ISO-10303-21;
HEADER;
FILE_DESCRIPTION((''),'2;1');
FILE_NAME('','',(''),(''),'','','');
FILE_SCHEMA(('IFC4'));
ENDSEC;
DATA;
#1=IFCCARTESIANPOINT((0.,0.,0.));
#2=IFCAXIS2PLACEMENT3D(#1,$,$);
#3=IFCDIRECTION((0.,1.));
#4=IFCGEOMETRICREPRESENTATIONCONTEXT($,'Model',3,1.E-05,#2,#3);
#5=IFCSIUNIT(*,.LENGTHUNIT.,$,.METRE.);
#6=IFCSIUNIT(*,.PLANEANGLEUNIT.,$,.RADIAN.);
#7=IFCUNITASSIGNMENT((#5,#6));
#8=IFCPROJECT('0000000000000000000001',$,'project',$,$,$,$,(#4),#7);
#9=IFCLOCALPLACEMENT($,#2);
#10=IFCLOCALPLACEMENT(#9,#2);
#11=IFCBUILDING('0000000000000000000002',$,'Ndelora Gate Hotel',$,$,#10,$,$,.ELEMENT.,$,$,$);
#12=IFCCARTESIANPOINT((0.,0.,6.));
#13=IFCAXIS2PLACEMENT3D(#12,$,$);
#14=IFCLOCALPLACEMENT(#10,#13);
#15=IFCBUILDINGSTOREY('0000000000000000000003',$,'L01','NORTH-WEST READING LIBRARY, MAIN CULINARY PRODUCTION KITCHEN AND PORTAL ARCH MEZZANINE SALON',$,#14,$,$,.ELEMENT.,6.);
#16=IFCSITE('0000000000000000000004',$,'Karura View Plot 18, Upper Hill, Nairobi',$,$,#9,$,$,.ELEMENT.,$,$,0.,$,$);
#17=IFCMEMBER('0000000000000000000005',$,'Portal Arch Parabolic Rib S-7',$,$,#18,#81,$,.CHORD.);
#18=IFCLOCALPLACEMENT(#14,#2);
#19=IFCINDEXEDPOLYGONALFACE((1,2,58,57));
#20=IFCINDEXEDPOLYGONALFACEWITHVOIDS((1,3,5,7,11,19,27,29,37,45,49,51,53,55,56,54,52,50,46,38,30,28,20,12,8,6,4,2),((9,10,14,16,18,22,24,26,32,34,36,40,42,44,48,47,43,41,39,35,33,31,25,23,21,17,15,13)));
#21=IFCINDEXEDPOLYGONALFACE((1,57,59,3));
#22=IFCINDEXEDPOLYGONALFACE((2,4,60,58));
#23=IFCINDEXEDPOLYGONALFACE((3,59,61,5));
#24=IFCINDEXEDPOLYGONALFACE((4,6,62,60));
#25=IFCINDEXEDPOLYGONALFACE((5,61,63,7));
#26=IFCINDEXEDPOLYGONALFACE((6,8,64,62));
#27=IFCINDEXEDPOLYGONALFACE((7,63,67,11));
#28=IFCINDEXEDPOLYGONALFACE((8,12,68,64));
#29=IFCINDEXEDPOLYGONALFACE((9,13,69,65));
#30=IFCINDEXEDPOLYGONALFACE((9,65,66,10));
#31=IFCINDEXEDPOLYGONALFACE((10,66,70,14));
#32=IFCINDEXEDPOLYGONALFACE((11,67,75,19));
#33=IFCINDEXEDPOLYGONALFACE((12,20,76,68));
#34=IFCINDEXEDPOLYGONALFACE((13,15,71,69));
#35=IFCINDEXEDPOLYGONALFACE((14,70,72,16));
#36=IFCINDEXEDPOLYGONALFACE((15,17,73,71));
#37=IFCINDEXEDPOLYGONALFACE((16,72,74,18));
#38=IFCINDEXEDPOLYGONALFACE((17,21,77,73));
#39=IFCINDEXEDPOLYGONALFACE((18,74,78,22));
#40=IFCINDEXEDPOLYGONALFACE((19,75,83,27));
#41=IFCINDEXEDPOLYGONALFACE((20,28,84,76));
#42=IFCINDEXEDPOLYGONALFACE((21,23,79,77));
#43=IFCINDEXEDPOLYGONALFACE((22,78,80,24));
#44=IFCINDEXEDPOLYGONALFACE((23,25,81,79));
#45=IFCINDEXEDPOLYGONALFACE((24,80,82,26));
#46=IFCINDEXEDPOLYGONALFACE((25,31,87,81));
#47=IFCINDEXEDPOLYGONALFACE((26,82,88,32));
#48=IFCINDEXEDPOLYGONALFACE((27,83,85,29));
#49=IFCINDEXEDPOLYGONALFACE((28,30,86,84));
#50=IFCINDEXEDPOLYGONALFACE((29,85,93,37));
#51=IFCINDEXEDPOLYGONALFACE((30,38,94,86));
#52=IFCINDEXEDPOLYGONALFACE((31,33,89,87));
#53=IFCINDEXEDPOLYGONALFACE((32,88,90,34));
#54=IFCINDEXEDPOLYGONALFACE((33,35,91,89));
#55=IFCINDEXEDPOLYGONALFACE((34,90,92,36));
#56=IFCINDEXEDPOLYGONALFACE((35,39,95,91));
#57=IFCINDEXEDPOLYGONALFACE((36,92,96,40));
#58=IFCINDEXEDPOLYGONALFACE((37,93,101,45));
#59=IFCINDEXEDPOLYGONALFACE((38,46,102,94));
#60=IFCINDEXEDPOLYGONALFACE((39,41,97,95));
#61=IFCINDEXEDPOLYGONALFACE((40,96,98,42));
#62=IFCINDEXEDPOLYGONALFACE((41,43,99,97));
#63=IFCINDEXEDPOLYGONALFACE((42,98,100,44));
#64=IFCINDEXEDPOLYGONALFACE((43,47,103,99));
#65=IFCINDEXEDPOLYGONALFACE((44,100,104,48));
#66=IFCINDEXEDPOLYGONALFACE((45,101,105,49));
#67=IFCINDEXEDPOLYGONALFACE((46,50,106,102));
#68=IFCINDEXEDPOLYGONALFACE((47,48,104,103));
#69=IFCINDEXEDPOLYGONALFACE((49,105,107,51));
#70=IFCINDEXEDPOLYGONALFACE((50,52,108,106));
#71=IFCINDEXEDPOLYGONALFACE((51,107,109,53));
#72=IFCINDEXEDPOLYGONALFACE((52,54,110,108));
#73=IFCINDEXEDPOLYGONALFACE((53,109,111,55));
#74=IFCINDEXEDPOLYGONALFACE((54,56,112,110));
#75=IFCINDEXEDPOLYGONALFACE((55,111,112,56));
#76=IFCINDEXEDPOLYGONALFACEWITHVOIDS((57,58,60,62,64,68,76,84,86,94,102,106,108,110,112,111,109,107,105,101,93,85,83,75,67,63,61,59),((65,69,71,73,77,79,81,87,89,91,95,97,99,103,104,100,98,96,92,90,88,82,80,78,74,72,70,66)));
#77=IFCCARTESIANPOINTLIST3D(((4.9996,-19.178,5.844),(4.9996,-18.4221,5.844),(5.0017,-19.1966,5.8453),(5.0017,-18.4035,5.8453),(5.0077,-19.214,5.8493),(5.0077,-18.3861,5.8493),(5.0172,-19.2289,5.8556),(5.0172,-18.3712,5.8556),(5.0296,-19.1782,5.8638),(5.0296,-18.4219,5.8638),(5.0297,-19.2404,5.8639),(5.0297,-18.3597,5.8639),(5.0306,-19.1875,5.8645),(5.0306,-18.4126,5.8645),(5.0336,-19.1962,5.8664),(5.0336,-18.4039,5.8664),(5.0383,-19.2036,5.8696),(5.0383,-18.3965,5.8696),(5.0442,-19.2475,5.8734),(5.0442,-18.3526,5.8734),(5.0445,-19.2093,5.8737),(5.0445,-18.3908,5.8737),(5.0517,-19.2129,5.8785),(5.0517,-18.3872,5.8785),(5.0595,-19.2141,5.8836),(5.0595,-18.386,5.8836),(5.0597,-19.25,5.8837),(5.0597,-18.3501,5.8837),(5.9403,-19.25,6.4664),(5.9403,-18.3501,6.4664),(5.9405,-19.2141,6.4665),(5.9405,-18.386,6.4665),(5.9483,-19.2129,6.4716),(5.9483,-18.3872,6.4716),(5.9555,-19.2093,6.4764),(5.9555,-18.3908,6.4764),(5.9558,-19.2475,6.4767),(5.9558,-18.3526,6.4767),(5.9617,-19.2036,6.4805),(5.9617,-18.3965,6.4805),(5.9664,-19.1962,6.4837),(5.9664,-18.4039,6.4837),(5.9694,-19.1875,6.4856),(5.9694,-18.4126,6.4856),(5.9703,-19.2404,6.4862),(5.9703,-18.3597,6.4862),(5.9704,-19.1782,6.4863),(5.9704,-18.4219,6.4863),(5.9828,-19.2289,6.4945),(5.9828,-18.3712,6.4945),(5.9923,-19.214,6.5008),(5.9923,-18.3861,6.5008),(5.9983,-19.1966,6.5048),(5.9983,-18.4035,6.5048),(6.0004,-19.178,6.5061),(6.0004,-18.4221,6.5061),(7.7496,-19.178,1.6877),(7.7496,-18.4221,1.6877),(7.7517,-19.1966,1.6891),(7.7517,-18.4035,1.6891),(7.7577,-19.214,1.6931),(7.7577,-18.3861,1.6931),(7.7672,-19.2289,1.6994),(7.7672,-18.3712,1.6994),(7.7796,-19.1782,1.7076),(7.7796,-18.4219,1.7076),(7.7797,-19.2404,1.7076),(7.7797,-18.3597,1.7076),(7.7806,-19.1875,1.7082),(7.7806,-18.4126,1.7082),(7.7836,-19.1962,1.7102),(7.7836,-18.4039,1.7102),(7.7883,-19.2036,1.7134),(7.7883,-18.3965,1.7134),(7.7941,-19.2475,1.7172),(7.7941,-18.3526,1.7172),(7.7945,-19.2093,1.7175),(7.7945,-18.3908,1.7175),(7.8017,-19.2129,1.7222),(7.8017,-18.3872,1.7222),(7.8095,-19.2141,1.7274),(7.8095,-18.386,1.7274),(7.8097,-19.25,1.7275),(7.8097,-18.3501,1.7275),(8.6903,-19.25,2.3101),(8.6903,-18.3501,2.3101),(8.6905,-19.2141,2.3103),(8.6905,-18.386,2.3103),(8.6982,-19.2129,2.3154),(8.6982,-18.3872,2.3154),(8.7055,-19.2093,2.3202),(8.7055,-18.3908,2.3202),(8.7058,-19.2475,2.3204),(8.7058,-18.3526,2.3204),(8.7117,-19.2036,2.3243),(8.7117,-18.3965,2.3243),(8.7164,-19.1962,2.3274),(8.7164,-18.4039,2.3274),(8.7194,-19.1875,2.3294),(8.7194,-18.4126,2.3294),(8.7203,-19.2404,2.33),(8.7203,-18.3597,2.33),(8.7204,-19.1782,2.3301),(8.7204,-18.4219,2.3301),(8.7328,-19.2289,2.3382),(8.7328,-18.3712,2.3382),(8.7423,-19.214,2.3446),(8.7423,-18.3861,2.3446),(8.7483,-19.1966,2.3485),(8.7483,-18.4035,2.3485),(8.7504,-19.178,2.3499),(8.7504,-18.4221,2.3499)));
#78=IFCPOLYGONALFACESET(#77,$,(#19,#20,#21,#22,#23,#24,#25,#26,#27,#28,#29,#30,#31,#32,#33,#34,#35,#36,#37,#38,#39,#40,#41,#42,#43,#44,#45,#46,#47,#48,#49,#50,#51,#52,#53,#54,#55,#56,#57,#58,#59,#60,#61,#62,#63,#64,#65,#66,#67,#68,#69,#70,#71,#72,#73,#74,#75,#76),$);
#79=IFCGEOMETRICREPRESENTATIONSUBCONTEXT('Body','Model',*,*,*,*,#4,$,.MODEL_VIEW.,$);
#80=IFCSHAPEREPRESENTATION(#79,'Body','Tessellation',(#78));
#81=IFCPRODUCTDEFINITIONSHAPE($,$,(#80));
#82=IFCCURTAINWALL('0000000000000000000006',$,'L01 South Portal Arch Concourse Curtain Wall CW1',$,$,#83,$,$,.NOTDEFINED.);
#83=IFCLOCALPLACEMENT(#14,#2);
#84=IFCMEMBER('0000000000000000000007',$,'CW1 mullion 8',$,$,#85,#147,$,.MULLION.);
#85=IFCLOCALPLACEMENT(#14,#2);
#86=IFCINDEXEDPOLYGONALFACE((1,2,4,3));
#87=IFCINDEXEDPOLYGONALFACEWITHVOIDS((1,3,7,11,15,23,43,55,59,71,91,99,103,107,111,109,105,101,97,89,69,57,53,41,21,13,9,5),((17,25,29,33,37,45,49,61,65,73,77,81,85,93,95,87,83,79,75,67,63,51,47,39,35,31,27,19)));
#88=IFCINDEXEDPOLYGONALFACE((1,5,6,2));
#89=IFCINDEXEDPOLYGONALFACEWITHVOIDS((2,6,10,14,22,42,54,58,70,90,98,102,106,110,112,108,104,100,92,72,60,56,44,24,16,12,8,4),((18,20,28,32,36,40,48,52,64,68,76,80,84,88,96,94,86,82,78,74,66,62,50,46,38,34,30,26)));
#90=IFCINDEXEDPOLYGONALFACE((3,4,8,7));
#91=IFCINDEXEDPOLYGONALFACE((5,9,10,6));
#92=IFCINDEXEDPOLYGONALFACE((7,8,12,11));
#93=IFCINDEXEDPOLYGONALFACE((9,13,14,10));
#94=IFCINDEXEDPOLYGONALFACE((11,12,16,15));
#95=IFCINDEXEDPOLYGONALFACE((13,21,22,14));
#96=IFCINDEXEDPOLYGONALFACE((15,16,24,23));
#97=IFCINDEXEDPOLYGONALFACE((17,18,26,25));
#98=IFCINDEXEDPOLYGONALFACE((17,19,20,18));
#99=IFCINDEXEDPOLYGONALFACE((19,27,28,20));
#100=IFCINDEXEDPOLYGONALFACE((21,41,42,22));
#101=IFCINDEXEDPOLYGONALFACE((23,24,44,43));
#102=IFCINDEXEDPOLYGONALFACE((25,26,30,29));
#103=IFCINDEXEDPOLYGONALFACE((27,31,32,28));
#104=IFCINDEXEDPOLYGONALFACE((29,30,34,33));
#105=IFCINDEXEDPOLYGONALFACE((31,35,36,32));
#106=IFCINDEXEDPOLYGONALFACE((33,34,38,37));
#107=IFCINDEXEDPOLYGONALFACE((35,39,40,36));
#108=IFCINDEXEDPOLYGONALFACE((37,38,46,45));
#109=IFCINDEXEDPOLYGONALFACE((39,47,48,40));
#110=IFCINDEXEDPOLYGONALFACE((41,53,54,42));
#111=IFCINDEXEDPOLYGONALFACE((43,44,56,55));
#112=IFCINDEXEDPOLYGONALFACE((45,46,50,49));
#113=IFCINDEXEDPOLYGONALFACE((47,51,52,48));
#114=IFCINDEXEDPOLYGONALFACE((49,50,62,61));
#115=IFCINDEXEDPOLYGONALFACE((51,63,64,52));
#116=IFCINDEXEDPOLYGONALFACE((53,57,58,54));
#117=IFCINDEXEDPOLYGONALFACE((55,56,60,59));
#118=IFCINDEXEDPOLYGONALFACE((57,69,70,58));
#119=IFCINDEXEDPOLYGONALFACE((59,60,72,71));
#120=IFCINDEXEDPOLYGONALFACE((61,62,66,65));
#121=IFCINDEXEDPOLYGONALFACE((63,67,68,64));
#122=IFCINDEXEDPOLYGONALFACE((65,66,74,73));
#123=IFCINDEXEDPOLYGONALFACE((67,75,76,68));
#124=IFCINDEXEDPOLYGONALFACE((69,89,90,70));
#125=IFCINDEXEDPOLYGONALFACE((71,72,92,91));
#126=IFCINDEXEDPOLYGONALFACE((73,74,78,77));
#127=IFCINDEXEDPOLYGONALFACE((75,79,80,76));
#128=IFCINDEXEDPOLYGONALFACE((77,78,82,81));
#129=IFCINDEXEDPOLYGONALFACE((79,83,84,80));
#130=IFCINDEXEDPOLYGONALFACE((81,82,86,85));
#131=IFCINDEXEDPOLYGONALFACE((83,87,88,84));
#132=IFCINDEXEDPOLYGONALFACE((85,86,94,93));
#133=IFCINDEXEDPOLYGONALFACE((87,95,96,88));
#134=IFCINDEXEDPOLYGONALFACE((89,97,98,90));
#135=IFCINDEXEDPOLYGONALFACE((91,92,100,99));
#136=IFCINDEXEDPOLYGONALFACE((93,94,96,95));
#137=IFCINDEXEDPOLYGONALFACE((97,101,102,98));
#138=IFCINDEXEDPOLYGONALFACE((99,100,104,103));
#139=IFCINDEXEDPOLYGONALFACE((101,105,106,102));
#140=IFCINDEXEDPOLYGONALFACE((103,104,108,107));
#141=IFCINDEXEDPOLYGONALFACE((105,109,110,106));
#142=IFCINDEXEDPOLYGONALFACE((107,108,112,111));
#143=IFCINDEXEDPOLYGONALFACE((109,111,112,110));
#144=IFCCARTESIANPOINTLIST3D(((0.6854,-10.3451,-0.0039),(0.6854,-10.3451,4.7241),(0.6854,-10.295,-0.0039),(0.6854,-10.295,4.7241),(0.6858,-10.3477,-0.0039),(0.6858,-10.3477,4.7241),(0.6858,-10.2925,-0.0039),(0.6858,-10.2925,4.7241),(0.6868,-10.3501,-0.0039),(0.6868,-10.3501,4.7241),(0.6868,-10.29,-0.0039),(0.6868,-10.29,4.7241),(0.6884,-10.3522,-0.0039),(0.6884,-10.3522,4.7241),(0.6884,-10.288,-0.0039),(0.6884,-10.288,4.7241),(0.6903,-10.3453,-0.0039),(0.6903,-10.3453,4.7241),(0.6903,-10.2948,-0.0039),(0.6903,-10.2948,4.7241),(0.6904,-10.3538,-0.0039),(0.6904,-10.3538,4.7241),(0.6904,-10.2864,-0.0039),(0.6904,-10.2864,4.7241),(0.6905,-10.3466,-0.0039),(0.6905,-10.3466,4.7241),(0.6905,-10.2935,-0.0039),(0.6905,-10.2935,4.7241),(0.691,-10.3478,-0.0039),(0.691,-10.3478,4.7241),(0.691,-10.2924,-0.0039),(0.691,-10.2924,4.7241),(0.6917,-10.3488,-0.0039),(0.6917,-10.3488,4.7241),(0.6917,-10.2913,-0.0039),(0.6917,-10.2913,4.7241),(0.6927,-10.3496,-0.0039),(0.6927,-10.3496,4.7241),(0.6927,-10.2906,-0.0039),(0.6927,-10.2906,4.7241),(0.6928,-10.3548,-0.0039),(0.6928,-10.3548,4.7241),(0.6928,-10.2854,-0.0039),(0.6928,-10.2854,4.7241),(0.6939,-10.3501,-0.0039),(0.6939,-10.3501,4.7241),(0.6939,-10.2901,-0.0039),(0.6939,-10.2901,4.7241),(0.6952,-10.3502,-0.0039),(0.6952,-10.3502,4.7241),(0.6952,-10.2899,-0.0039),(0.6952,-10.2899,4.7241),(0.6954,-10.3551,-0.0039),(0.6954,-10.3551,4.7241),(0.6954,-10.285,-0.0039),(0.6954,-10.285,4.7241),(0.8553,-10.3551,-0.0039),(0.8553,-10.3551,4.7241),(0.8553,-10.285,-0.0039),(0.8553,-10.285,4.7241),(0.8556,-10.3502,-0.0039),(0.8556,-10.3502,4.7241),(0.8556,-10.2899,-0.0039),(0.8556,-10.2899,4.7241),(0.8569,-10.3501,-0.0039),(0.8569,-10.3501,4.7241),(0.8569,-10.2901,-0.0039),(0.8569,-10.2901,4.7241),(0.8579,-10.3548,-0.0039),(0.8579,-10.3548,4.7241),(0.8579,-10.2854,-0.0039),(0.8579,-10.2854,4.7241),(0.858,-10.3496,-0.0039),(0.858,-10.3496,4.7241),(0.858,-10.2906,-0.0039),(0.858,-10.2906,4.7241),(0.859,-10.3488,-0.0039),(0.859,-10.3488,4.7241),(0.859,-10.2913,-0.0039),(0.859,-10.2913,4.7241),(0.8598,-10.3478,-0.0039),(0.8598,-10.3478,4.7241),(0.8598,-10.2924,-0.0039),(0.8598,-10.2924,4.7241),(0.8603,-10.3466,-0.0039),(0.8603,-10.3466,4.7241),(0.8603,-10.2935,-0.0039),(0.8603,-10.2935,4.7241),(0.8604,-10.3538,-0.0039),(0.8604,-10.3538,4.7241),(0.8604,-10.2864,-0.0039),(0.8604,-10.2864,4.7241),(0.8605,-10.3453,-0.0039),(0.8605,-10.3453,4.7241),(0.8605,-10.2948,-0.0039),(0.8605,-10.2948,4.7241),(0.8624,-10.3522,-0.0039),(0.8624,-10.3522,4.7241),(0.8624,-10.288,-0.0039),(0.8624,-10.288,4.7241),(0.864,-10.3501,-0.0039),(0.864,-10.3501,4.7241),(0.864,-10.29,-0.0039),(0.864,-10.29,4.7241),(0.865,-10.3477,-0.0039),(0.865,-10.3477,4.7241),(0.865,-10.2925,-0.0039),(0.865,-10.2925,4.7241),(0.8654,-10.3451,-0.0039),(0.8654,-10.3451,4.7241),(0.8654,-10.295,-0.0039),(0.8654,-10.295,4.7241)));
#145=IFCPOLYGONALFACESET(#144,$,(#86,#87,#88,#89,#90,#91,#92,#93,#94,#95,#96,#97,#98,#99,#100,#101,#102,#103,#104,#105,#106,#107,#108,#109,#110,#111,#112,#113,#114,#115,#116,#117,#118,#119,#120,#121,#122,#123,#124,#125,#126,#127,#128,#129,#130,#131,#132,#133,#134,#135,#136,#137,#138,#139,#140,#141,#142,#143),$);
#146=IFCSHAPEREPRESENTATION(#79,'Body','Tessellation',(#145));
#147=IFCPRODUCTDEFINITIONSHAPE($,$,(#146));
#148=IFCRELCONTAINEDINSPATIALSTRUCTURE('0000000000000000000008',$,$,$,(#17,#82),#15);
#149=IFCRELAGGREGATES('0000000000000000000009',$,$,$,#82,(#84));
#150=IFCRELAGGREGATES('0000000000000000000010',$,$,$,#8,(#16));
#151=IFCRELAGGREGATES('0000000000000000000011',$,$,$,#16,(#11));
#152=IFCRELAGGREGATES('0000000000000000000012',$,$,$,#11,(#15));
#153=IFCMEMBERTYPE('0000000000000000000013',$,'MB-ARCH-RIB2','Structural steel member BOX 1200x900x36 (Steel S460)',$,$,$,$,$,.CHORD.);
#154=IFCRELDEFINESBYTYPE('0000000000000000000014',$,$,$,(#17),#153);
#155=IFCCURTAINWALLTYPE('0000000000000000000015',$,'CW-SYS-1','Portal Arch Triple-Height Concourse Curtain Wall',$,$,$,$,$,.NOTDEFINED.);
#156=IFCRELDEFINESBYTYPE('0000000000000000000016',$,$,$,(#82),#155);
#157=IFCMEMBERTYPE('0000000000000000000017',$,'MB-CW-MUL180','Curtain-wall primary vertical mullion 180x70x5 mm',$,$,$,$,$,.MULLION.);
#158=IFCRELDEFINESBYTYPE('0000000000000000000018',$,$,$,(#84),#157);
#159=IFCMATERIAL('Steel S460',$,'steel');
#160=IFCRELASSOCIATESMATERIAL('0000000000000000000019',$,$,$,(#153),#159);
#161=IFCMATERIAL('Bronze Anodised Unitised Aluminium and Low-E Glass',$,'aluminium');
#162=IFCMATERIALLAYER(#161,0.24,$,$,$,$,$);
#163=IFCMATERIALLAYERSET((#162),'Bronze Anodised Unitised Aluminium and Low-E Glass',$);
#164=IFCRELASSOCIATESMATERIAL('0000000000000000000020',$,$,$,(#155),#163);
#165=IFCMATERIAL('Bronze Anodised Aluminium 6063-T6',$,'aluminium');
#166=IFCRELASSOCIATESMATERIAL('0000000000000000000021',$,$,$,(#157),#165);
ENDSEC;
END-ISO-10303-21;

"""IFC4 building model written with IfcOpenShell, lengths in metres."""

from ifc_helpers import new_model, si_unit, direction, frame, origin, origin_2d, place, context, subcontext, project, spatial, hollow_rectangle, extrude, material, layer, layer_set, material_profile, profile_set, type_object, element, aggregate, save


model = new_model("IFC4")

# Units and contexts
model_context = context("Model", 3, precision=1e-05, world=origin(), true_north=direction((0.0, 1.0)))
body_context = subcontext(model_context, "Body", "Model", "MODEL_VIEW")
ifc_project = project(units=[si_unit("LENGTHUNIT", "METRE"), si_unit("PLANEANGLEUNIT", "RADIAN")], contexts=[model_context])

# Site, building, storey
site_placement = place(None, origin())
site = spatial("IfcSite", under=ifc_project, at=site_placement, Name="Karura View Plot 18, Upper Hill, Nairobi", CompositionType="ELEMENT", RefElevation=0.0)
building_placement = place(site_placement, origin())
building = spatial("IfcBuilding", under=site, at=building_placement, Name="Ndelora Gate Hotel", CompositionType="ELEMENT")
storey_placement = place(building_placement, frame((0.0, 0.0, 6.0)))
storey = spatial("IfcBuildingStorey", under=building, at=storey_placement, Name="L01", Description="NORTH-WEST READING LIBRARY, MAIN CULINARY PRODUCTION KITCHEN AND PORTAL ARCH MEZZANINE SALON", CompositionType="ELEMENT", Elevation=6.0)

# Member
ifc_material_1 = material(Name="Steel S460", Category="steel")
ifc_material_profile_1 = material_profile(ifc_material_1, hollow_rectangle(XDim=0.8999, YDim=1.2, WallThickness=0.0359, InnerFilletRadius=0.0359, OuterFilletRadius=0.072, at=origin_2d()), Name="BOX 1200x900x36")
ifc_profile_set_1 = profile_set([ifc_material_profile_1], Name="Steel S460")
member_type_1 = type_object("IfcMemberType", Name="MB-ARCH-RIB2", Description="Structural steel member BOX 1200x900x36 (Steel S460)", PredefinedType="CHORD", material=ifc_profile_set_1)
member_1_placement = place(storey_placement, frame((5.5, -18.8, 6.175), z_axis=(0.551803, 0.0, -0.833975), x_axis=(0.0, 1.0, 0.0)))
element("IfcMember", 1, at=member_1_placement, inside=storey, type_object=member_type_1, Name="Portal Arch Parabolic Rib S-7", PredefinedType="CHORD", context=body_context, shape_type="SweptSolid", body=[
    extrude(hollow_rectangle(XDim=0.8999, YDim=1.2, WallThickness=0.0359, InnerFilletRadius=0.0359, OuterFilletRadius=0.072, at=origin_2d()), origin(), (0.0, 0.0, 1.0), 4.9836),
])

# Curtain wall, member
ifc_material_2 = material(Name="Bronze Anodised Unitised Aluminium and Low-E Glass", Category="aluminium")
ifc_layer_1 = layer(ifc_material_2, 0.24)
ifc_layer_set_1 = layer_set([ifc_layer_1], Name="Bronze Anodised Unitised Aluminium and Low-E Glass")
curtain_wall_type = type_object("IfcCurtainWallType", Name="CW-SYS-1", Description="Portal Arch Triple-Height Concourse Curtain Wall", PredefinedType="NOTDEFINED", material=ifc_layer_set_1)
curtain_wall_placement = place(storey_placement, origin())
curtain_wall = element("IfcCurtainWall", 2, at=curtain_wall_placement, inside=storey, type_object=curtain_wall_type, Name="L01 South Portal Arch Concourse Curtain Wall CW1", PredefinedType="NOTDEFINED")
ifc_material_3 = material(Name="Bronze Anodised Aluminium 6063-T6", Category="aluminium")
ifc_material_profile_2 = material_profile(ifc_material_3, hollow_rectangle(XDim=0.0701, YDim=0.1799, WallThickness=0.0049, InnerFilletRadius=0.0049, OuterFilletRadius=0.01, at=origin_2d()), Name="ALU 180x70x5")
ifc_profile_set_2 = profile_set([ifc_material_profile_2], Name="Bronze Anodised Aluminium 6063-T6")
member_type_2 = type_object("IfcMemberType", Name="MB-CW-MUL180", Description="Curtain-wall primary vertical mullion 180x70x5 mm", PredefinedType="MULLION", material=ifc_profile_set_2)
member_2_placement = place(storey_placement, frame((0.7754, -10.3201, -0.0039), z_axis=(0.0, 0.0, 1.0), x_axis=(0.0, 1.0, 0.0)))
member_2 = element("IfcMember", 3, at=member_2_placement, type_object=member_type_2, Name="CW1 mullion 8", PredefinedType="MULLION", context=body_context, shape_type="SweptSolid", body=[
    extrude(hollow_rectangle(XDim=0.0701, YDim=0.1799, WallThickness=0.0049, InnerFilletRadius=0.0049, OuterFilletRadius=0.01, at=origin_2d()), origin(), (0.0, 0.0, 1.0), 4.728),
])
aggregate(curtain_wall, [member_2])

save(model, "model.ifc")
